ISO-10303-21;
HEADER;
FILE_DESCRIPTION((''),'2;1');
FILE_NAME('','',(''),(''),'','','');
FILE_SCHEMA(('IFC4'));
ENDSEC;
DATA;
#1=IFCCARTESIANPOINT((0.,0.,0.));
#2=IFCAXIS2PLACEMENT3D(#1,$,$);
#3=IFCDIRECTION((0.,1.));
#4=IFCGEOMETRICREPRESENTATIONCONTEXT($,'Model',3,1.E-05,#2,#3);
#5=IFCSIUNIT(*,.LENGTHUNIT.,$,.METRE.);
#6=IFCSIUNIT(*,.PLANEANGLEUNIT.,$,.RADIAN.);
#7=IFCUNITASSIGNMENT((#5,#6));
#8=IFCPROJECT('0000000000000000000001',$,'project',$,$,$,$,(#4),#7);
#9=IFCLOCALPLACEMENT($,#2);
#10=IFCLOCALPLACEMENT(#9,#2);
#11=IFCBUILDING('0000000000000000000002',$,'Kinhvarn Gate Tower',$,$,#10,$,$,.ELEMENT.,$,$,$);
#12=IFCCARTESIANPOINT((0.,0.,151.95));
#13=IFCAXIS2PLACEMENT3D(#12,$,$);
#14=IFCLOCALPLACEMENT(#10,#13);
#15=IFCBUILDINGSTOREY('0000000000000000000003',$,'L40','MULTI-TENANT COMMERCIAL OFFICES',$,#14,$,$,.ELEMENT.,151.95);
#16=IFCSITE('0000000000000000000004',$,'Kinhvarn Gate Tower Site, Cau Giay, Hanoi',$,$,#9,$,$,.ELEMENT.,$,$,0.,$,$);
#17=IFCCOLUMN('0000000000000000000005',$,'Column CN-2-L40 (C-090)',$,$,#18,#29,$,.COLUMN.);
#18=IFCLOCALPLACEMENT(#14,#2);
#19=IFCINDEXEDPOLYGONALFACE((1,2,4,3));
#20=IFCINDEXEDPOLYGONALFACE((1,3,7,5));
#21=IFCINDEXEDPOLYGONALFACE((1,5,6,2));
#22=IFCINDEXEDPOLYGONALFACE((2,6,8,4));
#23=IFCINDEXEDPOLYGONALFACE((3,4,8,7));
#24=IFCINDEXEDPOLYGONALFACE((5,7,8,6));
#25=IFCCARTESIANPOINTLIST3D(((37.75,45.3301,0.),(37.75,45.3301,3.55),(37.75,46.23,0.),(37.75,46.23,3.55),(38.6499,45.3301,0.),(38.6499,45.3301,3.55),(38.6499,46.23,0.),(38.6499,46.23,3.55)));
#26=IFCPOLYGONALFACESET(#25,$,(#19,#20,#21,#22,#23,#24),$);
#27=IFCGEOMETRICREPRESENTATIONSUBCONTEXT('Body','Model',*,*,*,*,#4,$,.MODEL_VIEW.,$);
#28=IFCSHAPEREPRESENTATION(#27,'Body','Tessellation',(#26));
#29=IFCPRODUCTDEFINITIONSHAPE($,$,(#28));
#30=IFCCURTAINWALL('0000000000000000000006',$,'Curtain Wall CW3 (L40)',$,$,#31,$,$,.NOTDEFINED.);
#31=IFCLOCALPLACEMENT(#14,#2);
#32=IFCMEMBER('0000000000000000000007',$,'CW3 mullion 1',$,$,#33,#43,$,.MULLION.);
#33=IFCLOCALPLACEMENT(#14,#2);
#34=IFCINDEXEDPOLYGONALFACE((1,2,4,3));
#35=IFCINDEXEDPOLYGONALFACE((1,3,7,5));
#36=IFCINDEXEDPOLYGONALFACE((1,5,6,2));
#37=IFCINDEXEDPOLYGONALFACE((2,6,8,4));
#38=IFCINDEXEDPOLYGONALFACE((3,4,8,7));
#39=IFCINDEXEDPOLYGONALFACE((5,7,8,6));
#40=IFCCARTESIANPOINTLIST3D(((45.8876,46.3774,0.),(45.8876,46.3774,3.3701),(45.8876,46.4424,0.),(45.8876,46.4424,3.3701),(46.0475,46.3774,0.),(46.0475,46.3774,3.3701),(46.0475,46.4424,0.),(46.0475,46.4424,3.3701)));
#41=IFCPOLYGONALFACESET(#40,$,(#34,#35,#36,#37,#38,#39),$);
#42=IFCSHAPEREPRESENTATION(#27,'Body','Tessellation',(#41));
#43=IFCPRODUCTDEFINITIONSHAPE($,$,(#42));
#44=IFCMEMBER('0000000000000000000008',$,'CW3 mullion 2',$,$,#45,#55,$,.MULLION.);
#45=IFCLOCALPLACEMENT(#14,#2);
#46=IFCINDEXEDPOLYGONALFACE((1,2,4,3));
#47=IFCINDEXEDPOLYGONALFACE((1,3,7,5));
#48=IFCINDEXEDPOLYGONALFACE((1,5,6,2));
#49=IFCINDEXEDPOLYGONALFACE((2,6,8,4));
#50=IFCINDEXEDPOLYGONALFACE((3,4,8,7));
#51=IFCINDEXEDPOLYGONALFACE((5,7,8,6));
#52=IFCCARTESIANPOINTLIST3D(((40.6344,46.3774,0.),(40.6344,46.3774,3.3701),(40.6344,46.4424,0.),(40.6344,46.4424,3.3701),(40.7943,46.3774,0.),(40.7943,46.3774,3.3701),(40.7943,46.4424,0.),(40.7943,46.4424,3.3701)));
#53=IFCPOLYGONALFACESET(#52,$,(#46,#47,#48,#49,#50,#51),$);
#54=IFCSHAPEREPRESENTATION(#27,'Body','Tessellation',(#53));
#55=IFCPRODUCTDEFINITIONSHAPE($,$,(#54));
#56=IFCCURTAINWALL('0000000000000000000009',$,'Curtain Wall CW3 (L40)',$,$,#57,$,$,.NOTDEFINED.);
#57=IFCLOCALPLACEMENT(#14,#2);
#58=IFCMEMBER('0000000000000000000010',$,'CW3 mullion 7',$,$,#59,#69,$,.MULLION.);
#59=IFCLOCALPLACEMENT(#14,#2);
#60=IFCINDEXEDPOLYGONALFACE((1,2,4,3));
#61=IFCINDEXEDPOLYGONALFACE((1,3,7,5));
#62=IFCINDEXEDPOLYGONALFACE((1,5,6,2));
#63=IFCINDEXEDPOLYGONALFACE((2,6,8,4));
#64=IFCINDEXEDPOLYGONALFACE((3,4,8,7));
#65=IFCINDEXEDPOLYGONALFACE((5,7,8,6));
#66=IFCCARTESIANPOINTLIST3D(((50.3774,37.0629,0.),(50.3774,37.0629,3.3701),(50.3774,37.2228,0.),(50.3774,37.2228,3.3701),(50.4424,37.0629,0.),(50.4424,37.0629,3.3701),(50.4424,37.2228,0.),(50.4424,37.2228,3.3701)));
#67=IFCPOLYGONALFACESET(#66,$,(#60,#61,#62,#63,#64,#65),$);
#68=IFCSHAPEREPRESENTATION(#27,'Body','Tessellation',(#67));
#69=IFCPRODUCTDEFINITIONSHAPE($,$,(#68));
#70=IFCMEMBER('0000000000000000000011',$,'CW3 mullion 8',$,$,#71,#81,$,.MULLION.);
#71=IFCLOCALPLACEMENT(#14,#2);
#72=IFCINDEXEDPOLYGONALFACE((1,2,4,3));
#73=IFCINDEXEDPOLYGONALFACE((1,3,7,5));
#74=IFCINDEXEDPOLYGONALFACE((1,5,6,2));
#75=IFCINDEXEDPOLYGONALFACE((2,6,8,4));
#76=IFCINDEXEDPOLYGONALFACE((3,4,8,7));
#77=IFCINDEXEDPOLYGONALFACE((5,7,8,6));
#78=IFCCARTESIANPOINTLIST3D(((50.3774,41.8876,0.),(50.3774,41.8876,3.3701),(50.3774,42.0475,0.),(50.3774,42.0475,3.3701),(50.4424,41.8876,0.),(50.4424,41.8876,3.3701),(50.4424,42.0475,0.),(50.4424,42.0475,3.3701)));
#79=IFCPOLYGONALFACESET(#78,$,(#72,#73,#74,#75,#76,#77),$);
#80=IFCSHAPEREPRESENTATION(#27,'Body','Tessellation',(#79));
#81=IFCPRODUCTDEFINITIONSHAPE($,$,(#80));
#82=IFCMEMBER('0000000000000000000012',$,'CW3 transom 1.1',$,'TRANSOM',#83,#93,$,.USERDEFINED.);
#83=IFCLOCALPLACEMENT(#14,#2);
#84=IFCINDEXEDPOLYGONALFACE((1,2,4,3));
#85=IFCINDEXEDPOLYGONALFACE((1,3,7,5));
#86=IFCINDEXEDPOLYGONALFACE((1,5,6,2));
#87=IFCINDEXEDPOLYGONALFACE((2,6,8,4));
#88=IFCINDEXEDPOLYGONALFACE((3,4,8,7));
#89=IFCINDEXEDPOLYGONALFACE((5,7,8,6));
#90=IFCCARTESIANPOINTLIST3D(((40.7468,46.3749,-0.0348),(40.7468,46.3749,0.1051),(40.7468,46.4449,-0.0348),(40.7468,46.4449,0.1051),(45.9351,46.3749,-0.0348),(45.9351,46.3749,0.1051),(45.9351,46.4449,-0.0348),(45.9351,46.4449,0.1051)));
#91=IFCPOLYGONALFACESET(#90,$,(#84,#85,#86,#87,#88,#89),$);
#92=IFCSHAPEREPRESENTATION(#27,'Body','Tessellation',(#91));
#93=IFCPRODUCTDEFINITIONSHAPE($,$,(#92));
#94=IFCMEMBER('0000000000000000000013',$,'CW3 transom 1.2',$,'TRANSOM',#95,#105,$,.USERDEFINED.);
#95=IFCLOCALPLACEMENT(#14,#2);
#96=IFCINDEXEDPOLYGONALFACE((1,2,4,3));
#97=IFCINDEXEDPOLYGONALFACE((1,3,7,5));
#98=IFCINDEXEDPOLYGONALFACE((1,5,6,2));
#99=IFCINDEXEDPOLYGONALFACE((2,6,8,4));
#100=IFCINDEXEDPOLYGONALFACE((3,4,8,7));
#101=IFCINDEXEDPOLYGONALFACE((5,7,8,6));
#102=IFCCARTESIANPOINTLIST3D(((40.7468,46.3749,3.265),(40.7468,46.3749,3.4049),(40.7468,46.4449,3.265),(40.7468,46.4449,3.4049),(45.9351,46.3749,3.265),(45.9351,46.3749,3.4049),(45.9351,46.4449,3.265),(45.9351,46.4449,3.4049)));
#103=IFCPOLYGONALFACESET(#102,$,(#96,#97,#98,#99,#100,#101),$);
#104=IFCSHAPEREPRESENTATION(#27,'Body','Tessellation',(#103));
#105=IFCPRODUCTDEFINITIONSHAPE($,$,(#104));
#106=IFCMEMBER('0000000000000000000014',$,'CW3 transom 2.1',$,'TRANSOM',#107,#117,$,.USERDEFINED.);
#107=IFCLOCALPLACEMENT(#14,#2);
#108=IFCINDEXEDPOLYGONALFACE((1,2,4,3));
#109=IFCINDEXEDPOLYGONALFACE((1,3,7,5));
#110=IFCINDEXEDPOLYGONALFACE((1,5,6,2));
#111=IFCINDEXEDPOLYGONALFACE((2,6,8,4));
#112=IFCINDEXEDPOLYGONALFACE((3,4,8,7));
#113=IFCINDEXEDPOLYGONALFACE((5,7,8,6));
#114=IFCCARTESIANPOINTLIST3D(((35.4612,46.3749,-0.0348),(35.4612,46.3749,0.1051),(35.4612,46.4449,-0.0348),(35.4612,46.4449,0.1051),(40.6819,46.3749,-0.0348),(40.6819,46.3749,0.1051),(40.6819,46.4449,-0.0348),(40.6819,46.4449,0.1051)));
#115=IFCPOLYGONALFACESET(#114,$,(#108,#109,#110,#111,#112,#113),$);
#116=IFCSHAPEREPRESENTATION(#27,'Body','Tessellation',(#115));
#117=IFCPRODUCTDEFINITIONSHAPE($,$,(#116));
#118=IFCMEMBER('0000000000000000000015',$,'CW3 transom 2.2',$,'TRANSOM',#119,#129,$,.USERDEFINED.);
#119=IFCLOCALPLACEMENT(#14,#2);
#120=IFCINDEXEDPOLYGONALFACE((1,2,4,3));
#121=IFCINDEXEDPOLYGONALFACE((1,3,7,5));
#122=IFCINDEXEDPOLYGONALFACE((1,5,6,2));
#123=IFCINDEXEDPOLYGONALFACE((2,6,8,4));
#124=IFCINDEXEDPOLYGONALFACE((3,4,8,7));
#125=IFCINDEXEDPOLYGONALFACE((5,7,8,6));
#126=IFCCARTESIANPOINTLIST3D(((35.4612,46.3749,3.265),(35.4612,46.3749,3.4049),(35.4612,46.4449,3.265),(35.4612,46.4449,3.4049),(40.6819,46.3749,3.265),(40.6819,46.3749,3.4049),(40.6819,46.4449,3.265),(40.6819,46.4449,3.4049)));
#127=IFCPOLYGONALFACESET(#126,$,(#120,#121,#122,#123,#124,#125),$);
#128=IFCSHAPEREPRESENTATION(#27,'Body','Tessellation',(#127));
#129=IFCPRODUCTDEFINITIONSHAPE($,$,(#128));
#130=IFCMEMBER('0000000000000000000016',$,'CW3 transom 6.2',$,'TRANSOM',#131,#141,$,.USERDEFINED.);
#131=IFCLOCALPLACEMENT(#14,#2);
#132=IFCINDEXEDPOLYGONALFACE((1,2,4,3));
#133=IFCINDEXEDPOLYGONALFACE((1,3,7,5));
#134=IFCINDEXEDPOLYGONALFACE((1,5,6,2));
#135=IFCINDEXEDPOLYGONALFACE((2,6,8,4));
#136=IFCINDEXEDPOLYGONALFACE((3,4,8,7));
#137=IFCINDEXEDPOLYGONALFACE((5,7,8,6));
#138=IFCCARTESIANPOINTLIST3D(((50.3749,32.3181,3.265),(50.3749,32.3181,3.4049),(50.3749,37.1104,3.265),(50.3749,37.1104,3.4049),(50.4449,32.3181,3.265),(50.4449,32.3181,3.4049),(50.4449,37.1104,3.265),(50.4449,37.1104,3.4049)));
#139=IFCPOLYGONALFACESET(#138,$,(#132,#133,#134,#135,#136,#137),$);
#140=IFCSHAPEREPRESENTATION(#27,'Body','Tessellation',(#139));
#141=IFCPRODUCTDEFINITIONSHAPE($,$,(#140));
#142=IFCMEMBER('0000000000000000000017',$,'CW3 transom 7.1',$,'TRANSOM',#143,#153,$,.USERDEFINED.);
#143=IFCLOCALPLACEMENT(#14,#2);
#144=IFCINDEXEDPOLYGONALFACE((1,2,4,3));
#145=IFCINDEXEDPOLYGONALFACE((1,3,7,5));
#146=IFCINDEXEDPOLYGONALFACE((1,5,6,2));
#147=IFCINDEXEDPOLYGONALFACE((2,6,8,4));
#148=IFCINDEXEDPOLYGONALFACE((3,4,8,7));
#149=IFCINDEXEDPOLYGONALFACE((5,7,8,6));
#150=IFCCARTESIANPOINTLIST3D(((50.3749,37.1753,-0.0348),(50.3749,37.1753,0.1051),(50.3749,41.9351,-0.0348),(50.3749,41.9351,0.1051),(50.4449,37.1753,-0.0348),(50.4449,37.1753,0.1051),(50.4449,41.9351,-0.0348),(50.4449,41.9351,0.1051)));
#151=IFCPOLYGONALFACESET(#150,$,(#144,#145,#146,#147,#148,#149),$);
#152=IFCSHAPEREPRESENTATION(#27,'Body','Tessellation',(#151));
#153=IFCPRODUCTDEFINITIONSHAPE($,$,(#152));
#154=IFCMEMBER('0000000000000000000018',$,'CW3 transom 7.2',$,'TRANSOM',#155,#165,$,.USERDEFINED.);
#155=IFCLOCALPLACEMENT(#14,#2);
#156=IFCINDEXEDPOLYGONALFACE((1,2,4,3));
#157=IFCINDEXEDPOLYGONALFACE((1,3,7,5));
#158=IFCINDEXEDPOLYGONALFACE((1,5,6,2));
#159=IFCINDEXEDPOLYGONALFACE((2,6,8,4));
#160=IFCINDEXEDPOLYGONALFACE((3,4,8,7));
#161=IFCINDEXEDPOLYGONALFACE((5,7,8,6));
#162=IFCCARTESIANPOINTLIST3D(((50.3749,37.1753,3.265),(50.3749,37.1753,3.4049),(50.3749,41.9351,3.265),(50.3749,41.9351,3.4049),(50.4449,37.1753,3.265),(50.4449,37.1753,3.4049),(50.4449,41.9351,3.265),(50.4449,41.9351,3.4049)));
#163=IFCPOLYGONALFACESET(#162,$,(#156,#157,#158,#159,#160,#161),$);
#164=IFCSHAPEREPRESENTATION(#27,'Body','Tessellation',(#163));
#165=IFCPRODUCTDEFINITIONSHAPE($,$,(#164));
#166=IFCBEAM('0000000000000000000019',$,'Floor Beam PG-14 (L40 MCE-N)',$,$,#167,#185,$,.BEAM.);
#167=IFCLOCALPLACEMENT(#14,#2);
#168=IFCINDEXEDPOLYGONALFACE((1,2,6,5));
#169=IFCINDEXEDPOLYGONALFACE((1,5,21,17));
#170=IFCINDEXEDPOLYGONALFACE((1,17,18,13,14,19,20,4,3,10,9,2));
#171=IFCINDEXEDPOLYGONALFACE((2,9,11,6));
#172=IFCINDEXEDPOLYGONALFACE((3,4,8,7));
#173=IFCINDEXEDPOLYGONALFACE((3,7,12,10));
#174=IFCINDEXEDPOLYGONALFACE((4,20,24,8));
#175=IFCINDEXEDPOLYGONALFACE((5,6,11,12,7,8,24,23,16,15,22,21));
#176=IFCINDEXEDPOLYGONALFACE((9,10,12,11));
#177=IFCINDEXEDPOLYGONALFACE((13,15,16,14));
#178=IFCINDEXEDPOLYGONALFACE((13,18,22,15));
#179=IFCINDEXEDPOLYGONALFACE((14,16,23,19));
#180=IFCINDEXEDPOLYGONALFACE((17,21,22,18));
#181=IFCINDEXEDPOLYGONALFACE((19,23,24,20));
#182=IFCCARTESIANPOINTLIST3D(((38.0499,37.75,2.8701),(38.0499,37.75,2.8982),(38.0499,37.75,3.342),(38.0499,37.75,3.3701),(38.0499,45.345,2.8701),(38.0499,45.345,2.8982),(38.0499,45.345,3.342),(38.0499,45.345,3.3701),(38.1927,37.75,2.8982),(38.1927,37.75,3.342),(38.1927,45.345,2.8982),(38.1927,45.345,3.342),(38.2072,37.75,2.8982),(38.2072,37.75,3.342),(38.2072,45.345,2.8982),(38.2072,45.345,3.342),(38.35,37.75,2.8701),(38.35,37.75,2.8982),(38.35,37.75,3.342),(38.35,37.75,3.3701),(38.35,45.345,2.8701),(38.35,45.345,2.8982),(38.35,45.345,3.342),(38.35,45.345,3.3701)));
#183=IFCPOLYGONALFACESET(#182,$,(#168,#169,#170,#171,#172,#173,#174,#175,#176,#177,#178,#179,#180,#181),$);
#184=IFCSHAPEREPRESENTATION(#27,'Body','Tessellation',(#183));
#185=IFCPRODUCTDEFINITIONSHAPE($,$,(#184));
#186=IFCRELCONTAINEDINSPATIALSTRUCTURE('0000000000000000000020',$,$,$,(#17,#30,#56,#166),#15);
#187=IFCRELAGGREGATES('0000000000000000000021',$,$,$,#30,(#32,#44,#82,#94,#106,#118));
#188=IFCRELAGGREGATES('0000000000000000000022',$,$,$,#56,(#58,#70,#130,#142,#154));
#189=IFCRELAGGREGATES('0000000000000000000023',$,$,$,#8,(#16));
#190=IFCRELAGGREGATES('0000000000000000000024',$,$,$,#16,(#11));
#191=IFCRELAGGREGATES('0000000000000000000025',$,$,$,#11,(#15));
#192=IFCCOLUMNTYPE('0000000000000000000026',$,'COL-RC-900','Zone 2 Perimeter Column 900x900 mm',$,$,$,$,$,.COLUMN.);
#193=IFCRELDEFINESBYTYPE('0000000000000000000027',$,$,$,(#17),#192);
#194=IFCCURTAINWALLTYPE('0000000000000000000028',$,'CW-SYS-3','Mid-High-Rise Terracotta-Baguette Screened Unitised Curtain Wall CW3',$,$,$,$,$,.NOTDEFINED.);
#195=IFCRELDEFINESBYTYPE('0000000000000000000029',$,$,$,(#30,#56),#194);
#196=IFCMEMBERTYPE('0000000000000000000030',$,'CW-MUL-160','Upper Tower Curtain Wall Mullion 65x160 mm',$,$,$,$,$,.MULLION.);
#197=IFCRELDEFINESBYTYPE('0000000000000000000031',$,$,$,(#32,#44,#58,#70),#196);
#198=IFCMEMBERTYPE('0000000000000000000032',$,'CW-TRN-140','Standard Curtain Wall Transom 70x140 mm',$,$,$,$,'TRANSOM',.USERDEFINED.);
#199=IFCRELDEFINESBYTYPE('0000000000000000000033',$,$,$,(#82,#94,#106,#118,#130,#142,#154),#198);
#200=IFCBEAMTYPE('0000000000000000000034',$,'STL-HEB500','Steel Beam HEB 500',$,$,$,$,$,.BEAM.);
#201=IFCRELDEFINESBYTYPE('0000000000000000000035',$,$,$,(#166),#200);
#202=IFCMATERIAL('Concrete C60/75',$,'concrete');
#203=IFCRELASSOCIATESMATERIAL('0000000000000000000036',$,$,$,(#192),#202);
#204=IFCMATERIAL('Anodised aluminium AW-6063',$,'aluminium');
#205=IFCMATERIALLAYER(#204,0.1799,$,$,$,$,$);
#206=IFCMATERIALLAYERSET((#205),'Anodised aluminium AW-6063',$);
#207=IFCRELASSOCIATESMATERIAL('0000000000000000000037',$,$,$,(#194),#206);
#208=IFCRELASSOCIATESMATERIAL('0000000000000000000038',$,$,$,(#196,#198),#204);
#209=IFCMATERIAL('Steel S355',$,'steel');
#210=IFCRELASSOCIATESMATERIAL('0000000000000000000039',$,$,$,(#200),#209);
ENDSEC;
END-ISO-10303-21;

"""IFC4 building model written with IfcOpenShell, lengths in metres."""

from ifc_helpers import new_model, si_unit, direction, frame, origin, origin_2d, place, context, subcontext, project, spatial, rectangle, i_section, extrude, material, layer, layer_set, material_profile, profile_set, type_object, element, aggregate, save


model = new_model("IFC4")

# Units and contexts
model_context = context("Model", 3, precision=1e-05, world=origin(), true_north=direction((0.0, 1.0)))
body_context = subcontext(model_context, "Body", "Model", "MODEL_VIEW")
ifc_project = project(units=[si_unit("LENGTHUNIT", "METRE"), si_unit("PLANEANGLEUNIT", "RADIAN")], contexts=[model_context])

# Site, building, storey
site_placement = place(None, origin())
site = spatial("IfcSite", under=ifc_project, at=site_placement, Name="Kinhvarn Gate Tower Site, Cau Giay, Hanoi", CompositionType="ELEMENT", RefElevation=0.0)
building_placement = place(site_placement, origin())
building = spatial("IfcBuilding", under=site, at=building_placement, Name="Kinhvarn Gate Tower", CompositionType="ELEMENT")
storey_placement = place(building_placement, frame((0.0, 0.0, 151.95)))
storey = spatial("IfcBuildingStorey", under=building, at=storey_placement, Name="L40", Description="MULTI-TENANT COMMERCIAL OFFICES", CompositionType="ELEMENT", Elevation=151.95)

# Column
ifc_material_1 = material(Name="Concrete C60/75", Category="concrete")
ifc_material_profile_1 = material_profile(ifc_material_1, rectangle(XDim=0.8999, YDim=0.8999, at=origin_2d()), Name="RC 900x900")
ifc_profile_set_1 = profile_set([ifc_material_profile_1], Name="Concrete C60/75")
column_type = type_object("IfcColumnType", Name="COL-RC-900", Description="Zone 2 Perimeter Column 900x900 mm", PredefinedType="COLUMN", material=ifc_profile_set_1)
column_placement = place(storey_placement, frame((38.2, 45.78, 0.0), z_axis=(0.0, 0.0, 1.0), x_axis=(1.0, 0.0, 0.0)))
element("IfcColumn", 1, at=column_placement, inside=storey, type_object=column_type, Name="Column CN-2-L40 (C-090)", PredefinedType="COLUMN", context=body_context, shape_type="SweptSolid", body=[
    extrude(rectangle(XDim=0.8999, YDim=0.8999, at=origin_2d()), origin(), (0.0, 0.0, 1.0), 3.55),
])

# Curtain walls, members
ifc_material_2 = material(Name="Anodised aluminium AW-6063", Category="aluminium")
ifc_layer_1 = layer(ifc_material_2, 0.1799)
ifc_layer_set_1 = layer_set([ifc_layer_1], Name="Anodised aluminium AW-6063")
curtain_wall_type = type_object("IfcCurtainWallType", Name="CW-SYS-3", Description="Mid-High-Rise Terracotta-Baguette Screened Unitised Curtain Wall CW3", PredefinedType="NOTDEFINED", material=ifc_layer_set_1)
curtain_wall_1_placement = place(storey_placement, origin())
curtain_wall_1 = element("IfcCurtainWall", 2, at=curtain_wall_1_placement, inside=storey, type_object=curtain_wall_type, Name="Curtain Wall CW3 (L40)", PredefinedType="NOTDEFINED")
ifc_material_profile_2 = material_profile(ifc_material_2, rectangle(XDim=0.0649, YDim=0.1599, at=origin_2d()), Name="ALU 65x160")
ifc_profile_set_2 = profile_set([ifc_material_profile_2], Name="Anodised aluminium AW-6063")
member_type_1 = type_object("IfcMemberType", Name="CW-MUL-160", Description="Upper Tower Curtain Wall Mullion 65x160 mm", PredefinedType="MULLION", material=ifc_profile_set_2)
member_1_placement = place(storey_placement, frame((45.9675, 46.4099, 0.0), z_axis=(0.0, 0.0, 1.0), x_axis=(0.0, -1.0, 0.0)))
member_1 = element("IfcMember", 3, at=member_1_placement, type_object=member_type_1, Name="CW3 mullion 1", PredefinedType="MULLION", context=body_context, shape_type="SweptSolid", body=[
    extrude(rectangle(XDim=0.0649, YDim=0.1599, at=origin_2d()), origin(), (0.0, 0.0, 1.0), 3.3701),
])
member_2_placement = place(storey_placement, frame((40.7144, 46.4099, 0.0), z_axis=(0.0, 0.0, 1.0), x_axis=(0.0, -1.0, 0.0)))
member_2 = element("IfcMember", 4, at=member_2_placement, type_object=member_type_1, Name="CW3 mullion 2", PredefinedType="MULLION", context=body_context, shape_type="SweptSolid", body=[
    extrude(rectangle(XDim=0.0649, YDim=0.1599, at=origin_2d()), origin(), (0.0, 0.0, 1.0), 3.3701),
])
curtain_wall_2_placement = place(storey_placement, origin())
curtain_wall_2 = element("IfcCurtainWall", 5, at=curtain_wall_2_placement, inside=storey, type_object=curtain_wall_type, Name="Curtain Wall CW3 (L40)", PredefinedType="NOTDEFINED")
member_3_placement = place(storey_placement, frame((50.4099, 37.1428, 0.0), z_axis=(0.0, 0.0, 1.0), x_axis=(-1.0, 0.0, 0.0)))
member_3 = element("IfcMember", 6, at=member_3_placement, type_object=member_type_1, Name="CW3 mullion 7", PredefinedType="MULLION", context=body_context, shape_type="SweptSolid", body=[
    extrude(rectangle(XDim=0.0649, YDim=0.1599, at=origin_2d()), origin(), (0.0, 0.0, 1.0), 3.3701),
])
member_4_placement = place(storey_placement, frame((50.4099, 41.9675, 0.0), z_axis=(0.0, 0.0, 1.0), x_axis=(-1.0, 0.0, 0.0)))
member_4 = element("IfcMember", 7, at=member_4_placement, type_object=member_type_1, Name="CW3 mullion 8", PredefinedType="MULLION", context=body_context, shape_type="SweptSolid", body=[
    extrude(rectangle(XDim=0.0649, YDim=0.1599, at=origin_2d()), origin(), (0.0, 0.0, 1.0), 3.3701),
])

# Members
ifc_material_profile_3 = material_profile(ifc_material_2, rectangle(XDim=0.0701, YDim=0.1399, at=origin_2d()), Name="ALU 70x140")
ifc_profile_set_3 = profile_set([ifc_material_profile_3], Name="Anodised aluminium AW-6063")
member_type_2 = type_object("IfcMemberType", Name="CW-TRN-140", Description="Standard Curtain Wall Transom 70x140 mm", ElementType="TRANSOM", PredefinedType="USERDEFINED", material=ifc_profile_set_3)
member_5_placement = place(storey_placement, frame((45.9351, 46.4099, 0.0352), z_axis=(-1.0, 0.0, 0.0), x_axis=(0.0, -1.0, 0.0)))
member_5 = element("IfcMember", 8, at=member_5_placement, type_object=member_type_2, Name="CW3 transom 1.1", ObjectType="TRANSOM", PredefinedType="USERDEFINED", context=body_context, shape_type="SweptSolid", body=[
    extrude(rectangle(XDim=0.0701, YDim=0.1399, at=origin_2d()), origin(), (0.0, 0.0, 1.0), 5.1882),
])
member_6_placement = place(storey_placement, frame((45.9351, 46.4099, 3.335), z_axis=(-1.0, 0.0, 0.0), x_axis=(0.0, -1.0, 0.0)))
member_6 = element("IfcMember", 9, at=member_6_placement, type_object=member_type_2, Name="CW3 transom 1.2", ObjectType="TRANSOM", PredefinedType="USERDEFINED", context=body_context, shape_type="SweptSolid", body=[
    extrude(rectangle(XDim=0.0701, YDim=0.1399, at=origin_2d()), origin(), (0.0, 0.0, 1.0), 5.1882),
])
member_7_placement = place(storey_placement, frame((40.6819, 46.4099, 0.0352), z_axis=(-1.0, 0.0, 0.0), x_axis=(0.0, -1.0, 0.0)))
member_7 = element("IfcMember", 10, at=member_7_placement, type_object=member_type_2, Name="CW3 transom 2.1", ObjectType="TRANSOM", PredefinedType="USERDEFINED", context=body_context, shape_type="SweptSolid", body=[
    extrude(rectangle(XDim=0.0701, YDim=0.1399, at=origin_2d()), origin(), (0.0, 0.0, 1.0), 5.2207),
])
member_8_placement = place(storey_placement, frame((40.6819, 46.4099, 3.335), z_axis=(-1.0, 0.0, 0.0), x_axis=(0.0, -1.0, 0.0)))
member_8 = element("IfcMember", 11, at=member_8_placement, type_object=member_type_2, Name="CW3 transom 2.2", ObjectType="TRANSOM", PredefinedType="USERDEFINED", context=body_context, shape_type="SweptSolid", body=[
    extrude(rectangle(XDim=0.0701, YDim=0.1399, at=origin_2d()), origin(), (0.0, 0.0, 1.0), 5.2207),
])
member_9_placement = place(storey_placement, frame((50.4099, 32.3181, 3.335), z_axis=(0.0, 1.0, 0.0), x_axis=(-1.0, 0.0, 0.0)))
member_9 = element("IfcMember", 12, at=member_9_placement, type_object=member_type_2, Name="CW3 transom 6.2", ObjectType="TRANSOM", PredefinedType="USERDEFINED", context=body_context, shape_type="SweptSolid", body=[
    extrude(rectangle(XDim=0.0701, YDim=0.1399, at=origin_2d()), origin(), (0.0, 0.0, 1.0), 4.7922),
])
member_10_placement = place(storey_placement, frame((50.4099, 37.1753, 0.0352), z_axis=(0.0, 1.0, 0.0), x_axis=(-1.0, 0.0, 0.0)))
member_10 = element("IfcMember", 13, at=member_10_placement, type_object=member_type_2, Name="CW3 transom 7.1", ObjectType="TRANSOM", PredefinedType="USERDEFINED", context=body_context, shape_type="SweptSolid", body=[
    extrude(rectangle(XDim=0.0701, YDim=0.1399, at=origin_2d()), origin(), (0.0, 0.0, 1.0), 4.7598),
])
member_11_placement = place(storey_placement, frame((50.4099, 37.1753, 3.335), z_axis=(0.0, 1.0, 0.0), x_axis=(-1.0, 0.0, 0.0)))
member_11 = element("IfcMember", 14, at=member_11_placement, type_object=member_type_2, Name="CW3 transom 7.2", ObjectType="TRANSOM", PredefinedType="USERDEFINED", context=body_context, shape_type="SweptSolid", body=[
    extrude(rectangle(XDim=0.0701, YDim=0.1399, at=origin_2d()), origin(), (0.0, 0.0, 1.0), 4.7598),
])

# Beam
ifc_material_3 = material(Name="Steel S355", Category="steel")
ifc_material_profile_4 = material_profile(ifc_material_3, i_section(OverallWidth=0.3, OverallDepth=0.5, WebThickness=0.0144, FlangeThickness=0.0281, at=origin_2d()), Name="HEB 500")
ifc_profile_set_4 = profile_set([ifc_material_profile_4], Name="Steel S355")
beam_type = type_object("IfcBeamType", Name="STL-HEB500", Description="Steel Beam HEB 500", PredefinedType="BEAM", material=ifc_profile_set_4)
beam_placement = place(storey_placement, frame((38.2, 37.75, 3.1201), z_axis=(0.0, 1.0, 0.0), x_axis=(-1.0, 0.0, 0.0)))
element("IfcBeam", 15, at=beam_placement, inside=storey, type_object=beam_type, Name="Floor Beam PG-14 (L40 MCE-N)", PredefinedType="BEAM", context=body_context, shape_type="SweptSolid", body=[
    extrude(i_section(OverallWidth=0.3, OverallDepth=0.5, WebThickness=0.0144, FlangeThickness=0.0281, at=origin_2d()), origin(), (0.0, 0.0, 1.0), 7.595),
])

aggregate(curtain_wall_1, [member_1, member_2, member_5, member_6, member_7, member_8])
aggregate(curtain_wall_2, [member_3, member_4, member_9, member_10, member_11])

save(model, "model.ifc")
